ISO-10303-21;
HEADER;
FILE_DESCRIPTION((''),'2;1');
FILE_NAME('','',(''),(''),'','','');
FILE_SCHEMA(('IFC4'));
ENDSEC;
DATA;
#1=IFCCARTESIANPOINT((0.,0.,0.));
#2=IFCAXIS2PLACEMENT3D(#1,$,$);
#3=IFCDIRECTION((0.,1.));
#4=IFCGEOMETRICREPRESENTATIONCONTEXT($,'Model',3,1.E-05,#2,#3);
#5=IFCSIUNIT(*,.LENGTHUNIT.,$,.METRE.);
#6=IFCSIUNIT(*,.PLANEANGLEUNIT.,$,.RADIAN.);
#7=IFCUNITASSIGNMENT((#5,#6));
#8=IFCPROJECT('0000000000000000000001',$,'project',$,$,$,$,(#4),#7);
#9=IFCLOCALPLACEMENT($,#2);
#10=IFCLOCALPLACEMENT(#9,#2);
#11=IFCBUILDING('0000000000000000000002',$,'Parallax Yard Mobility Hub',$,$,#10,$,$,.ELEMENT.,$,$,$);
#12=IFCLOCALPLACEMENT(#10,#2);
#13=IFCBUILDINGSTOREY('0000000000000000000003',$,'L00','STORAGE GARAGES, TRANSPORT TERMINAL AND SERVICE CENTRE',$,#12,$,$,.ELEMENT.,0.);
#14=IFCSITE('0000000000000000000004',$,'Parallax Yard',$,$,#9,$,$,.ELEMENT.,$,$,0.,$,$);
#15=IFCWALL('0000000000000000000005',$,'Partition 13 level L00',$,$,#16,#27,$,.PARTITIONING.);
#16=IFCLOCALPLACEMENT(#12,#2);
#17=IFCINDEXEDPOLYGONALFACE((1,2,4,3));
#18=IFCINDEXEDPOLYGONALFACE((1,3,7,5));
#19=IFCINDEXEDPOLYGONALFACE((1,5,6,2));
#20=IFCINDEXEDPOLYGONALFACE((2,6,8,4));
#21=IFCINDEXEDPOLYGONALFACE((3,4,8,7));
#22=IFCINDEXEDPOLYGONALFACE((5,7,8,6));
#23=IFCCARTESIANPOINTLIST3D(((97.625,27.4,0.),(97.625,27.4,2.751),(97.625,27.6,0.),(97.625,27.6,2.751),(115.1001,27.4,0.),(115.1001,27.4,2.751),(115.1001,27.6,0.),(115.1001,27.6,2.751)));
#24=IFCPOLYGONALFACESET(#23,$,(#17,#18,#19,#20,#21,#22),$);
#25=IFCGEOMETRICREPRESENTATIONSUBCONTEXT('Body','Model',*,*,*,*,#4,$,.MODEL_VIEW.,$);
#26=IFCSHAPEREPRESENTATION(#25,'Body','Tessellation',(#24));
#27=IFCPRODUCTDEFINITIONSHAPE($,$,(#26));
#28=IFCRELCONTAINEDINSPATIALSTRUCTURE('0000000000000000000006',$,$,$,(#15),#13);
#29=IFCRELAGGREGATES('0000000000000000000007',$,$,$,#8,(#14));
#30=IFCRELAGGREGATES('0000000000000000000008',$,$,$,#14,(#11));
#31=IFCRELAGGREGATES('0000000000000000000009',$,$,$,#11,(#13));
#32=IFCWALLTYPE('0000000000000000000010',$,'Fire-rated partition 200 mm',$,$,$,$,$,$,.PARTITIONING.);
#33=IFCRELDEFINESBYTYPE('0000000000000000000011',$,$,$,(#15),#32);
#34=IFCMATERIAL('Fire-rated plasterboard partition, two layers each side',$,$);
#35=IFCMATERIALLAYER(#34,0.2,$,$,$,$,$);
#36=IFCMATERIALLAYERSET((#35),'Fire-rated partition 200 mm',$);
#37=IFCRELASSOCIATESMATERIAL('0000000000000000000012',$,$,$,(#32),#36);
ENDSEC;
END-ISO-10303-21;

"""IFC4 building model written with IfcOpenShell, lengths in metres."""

from ifc_helpers import new_model, si_unit, direction, frame, frame_2d, origin, place, context, subcontext, project, spatial, rectangle, extrude, material, layer, layer_set, type_object, element, save


model = new_model("IFC4")

# Units and contexts
model_context = context("Model", 3, precision=1e-05, world=origin(), true_north=direction((0.0, 1.0)))
body_context = subcontext(model_context, "Body", "Model", "MODEL_VIEW")
ifc_project = project(units=[si_unit("LENGTHUNIT", "METRE"), si_unit("PLANEANGLEUNIT", "RADIAN")], contexts=[model_context])

# Site, building, storey
site_placement = place(None, origin())
site = spatial("IfcSite", under=ifc_project, at=site_placement, Name="Parallax Yard", CompositionType="ELEMENT", RefElevation=0.0)
building_placement = place(site_placement, origin())
building = spatial("IfcBuilding", under=site, at=building_placement, Name="Parallax Yard Mobility Hub", CompositionType="ELEMENT")
storey_placement = place(building_placement, origin())
storey = spatial("IfcBuildingStorey", under=building, at=storey_placement, Name="L00", Description="STORAGE GARAGES, TRANSPORT TERMINAL AND SERVICE CENTRE", CompositionType="ELEMENT", Elevation=0.0)

# Wall
ifc_material_1 = material(Name="Fire-rated plasterboard partition, two layers each side")
ifc_layer_1 = layer(ifc_material_1, 0.2)
ifc_layer_set_1 = layer_set([ifc_layer_1], Name="Fire-rated partition 200 mm")
wall_type_1 = type_object("IfcWallType", Name="Fire-rated partition 200 mm", PredefinedType="PARTITIONING", material=ifc_layer_set_1)
wall_1_placement = place(storey_placement, frame((97.625, 27.5, 0.0), z_axis=(0.0, 0.0, 1.0), x_axis=(1.0, 0.0, 0.0)))
element("IfcWall", 1, at=wall_1_placement, inside=storey, type_object=wall_type_1, Name="Partition 13 level L00", PredefinedType="PARTITIONING", context=body_context, shape_type="SweptSolid", body=[
    extrude(rectangle(XDim=17.4751, YDim=0.2, at=frame_2d((8.7375, 0.0))), origin(), (0.0, 0.0, 1.0), 2.751),
])

save(model, "model.ifc")
